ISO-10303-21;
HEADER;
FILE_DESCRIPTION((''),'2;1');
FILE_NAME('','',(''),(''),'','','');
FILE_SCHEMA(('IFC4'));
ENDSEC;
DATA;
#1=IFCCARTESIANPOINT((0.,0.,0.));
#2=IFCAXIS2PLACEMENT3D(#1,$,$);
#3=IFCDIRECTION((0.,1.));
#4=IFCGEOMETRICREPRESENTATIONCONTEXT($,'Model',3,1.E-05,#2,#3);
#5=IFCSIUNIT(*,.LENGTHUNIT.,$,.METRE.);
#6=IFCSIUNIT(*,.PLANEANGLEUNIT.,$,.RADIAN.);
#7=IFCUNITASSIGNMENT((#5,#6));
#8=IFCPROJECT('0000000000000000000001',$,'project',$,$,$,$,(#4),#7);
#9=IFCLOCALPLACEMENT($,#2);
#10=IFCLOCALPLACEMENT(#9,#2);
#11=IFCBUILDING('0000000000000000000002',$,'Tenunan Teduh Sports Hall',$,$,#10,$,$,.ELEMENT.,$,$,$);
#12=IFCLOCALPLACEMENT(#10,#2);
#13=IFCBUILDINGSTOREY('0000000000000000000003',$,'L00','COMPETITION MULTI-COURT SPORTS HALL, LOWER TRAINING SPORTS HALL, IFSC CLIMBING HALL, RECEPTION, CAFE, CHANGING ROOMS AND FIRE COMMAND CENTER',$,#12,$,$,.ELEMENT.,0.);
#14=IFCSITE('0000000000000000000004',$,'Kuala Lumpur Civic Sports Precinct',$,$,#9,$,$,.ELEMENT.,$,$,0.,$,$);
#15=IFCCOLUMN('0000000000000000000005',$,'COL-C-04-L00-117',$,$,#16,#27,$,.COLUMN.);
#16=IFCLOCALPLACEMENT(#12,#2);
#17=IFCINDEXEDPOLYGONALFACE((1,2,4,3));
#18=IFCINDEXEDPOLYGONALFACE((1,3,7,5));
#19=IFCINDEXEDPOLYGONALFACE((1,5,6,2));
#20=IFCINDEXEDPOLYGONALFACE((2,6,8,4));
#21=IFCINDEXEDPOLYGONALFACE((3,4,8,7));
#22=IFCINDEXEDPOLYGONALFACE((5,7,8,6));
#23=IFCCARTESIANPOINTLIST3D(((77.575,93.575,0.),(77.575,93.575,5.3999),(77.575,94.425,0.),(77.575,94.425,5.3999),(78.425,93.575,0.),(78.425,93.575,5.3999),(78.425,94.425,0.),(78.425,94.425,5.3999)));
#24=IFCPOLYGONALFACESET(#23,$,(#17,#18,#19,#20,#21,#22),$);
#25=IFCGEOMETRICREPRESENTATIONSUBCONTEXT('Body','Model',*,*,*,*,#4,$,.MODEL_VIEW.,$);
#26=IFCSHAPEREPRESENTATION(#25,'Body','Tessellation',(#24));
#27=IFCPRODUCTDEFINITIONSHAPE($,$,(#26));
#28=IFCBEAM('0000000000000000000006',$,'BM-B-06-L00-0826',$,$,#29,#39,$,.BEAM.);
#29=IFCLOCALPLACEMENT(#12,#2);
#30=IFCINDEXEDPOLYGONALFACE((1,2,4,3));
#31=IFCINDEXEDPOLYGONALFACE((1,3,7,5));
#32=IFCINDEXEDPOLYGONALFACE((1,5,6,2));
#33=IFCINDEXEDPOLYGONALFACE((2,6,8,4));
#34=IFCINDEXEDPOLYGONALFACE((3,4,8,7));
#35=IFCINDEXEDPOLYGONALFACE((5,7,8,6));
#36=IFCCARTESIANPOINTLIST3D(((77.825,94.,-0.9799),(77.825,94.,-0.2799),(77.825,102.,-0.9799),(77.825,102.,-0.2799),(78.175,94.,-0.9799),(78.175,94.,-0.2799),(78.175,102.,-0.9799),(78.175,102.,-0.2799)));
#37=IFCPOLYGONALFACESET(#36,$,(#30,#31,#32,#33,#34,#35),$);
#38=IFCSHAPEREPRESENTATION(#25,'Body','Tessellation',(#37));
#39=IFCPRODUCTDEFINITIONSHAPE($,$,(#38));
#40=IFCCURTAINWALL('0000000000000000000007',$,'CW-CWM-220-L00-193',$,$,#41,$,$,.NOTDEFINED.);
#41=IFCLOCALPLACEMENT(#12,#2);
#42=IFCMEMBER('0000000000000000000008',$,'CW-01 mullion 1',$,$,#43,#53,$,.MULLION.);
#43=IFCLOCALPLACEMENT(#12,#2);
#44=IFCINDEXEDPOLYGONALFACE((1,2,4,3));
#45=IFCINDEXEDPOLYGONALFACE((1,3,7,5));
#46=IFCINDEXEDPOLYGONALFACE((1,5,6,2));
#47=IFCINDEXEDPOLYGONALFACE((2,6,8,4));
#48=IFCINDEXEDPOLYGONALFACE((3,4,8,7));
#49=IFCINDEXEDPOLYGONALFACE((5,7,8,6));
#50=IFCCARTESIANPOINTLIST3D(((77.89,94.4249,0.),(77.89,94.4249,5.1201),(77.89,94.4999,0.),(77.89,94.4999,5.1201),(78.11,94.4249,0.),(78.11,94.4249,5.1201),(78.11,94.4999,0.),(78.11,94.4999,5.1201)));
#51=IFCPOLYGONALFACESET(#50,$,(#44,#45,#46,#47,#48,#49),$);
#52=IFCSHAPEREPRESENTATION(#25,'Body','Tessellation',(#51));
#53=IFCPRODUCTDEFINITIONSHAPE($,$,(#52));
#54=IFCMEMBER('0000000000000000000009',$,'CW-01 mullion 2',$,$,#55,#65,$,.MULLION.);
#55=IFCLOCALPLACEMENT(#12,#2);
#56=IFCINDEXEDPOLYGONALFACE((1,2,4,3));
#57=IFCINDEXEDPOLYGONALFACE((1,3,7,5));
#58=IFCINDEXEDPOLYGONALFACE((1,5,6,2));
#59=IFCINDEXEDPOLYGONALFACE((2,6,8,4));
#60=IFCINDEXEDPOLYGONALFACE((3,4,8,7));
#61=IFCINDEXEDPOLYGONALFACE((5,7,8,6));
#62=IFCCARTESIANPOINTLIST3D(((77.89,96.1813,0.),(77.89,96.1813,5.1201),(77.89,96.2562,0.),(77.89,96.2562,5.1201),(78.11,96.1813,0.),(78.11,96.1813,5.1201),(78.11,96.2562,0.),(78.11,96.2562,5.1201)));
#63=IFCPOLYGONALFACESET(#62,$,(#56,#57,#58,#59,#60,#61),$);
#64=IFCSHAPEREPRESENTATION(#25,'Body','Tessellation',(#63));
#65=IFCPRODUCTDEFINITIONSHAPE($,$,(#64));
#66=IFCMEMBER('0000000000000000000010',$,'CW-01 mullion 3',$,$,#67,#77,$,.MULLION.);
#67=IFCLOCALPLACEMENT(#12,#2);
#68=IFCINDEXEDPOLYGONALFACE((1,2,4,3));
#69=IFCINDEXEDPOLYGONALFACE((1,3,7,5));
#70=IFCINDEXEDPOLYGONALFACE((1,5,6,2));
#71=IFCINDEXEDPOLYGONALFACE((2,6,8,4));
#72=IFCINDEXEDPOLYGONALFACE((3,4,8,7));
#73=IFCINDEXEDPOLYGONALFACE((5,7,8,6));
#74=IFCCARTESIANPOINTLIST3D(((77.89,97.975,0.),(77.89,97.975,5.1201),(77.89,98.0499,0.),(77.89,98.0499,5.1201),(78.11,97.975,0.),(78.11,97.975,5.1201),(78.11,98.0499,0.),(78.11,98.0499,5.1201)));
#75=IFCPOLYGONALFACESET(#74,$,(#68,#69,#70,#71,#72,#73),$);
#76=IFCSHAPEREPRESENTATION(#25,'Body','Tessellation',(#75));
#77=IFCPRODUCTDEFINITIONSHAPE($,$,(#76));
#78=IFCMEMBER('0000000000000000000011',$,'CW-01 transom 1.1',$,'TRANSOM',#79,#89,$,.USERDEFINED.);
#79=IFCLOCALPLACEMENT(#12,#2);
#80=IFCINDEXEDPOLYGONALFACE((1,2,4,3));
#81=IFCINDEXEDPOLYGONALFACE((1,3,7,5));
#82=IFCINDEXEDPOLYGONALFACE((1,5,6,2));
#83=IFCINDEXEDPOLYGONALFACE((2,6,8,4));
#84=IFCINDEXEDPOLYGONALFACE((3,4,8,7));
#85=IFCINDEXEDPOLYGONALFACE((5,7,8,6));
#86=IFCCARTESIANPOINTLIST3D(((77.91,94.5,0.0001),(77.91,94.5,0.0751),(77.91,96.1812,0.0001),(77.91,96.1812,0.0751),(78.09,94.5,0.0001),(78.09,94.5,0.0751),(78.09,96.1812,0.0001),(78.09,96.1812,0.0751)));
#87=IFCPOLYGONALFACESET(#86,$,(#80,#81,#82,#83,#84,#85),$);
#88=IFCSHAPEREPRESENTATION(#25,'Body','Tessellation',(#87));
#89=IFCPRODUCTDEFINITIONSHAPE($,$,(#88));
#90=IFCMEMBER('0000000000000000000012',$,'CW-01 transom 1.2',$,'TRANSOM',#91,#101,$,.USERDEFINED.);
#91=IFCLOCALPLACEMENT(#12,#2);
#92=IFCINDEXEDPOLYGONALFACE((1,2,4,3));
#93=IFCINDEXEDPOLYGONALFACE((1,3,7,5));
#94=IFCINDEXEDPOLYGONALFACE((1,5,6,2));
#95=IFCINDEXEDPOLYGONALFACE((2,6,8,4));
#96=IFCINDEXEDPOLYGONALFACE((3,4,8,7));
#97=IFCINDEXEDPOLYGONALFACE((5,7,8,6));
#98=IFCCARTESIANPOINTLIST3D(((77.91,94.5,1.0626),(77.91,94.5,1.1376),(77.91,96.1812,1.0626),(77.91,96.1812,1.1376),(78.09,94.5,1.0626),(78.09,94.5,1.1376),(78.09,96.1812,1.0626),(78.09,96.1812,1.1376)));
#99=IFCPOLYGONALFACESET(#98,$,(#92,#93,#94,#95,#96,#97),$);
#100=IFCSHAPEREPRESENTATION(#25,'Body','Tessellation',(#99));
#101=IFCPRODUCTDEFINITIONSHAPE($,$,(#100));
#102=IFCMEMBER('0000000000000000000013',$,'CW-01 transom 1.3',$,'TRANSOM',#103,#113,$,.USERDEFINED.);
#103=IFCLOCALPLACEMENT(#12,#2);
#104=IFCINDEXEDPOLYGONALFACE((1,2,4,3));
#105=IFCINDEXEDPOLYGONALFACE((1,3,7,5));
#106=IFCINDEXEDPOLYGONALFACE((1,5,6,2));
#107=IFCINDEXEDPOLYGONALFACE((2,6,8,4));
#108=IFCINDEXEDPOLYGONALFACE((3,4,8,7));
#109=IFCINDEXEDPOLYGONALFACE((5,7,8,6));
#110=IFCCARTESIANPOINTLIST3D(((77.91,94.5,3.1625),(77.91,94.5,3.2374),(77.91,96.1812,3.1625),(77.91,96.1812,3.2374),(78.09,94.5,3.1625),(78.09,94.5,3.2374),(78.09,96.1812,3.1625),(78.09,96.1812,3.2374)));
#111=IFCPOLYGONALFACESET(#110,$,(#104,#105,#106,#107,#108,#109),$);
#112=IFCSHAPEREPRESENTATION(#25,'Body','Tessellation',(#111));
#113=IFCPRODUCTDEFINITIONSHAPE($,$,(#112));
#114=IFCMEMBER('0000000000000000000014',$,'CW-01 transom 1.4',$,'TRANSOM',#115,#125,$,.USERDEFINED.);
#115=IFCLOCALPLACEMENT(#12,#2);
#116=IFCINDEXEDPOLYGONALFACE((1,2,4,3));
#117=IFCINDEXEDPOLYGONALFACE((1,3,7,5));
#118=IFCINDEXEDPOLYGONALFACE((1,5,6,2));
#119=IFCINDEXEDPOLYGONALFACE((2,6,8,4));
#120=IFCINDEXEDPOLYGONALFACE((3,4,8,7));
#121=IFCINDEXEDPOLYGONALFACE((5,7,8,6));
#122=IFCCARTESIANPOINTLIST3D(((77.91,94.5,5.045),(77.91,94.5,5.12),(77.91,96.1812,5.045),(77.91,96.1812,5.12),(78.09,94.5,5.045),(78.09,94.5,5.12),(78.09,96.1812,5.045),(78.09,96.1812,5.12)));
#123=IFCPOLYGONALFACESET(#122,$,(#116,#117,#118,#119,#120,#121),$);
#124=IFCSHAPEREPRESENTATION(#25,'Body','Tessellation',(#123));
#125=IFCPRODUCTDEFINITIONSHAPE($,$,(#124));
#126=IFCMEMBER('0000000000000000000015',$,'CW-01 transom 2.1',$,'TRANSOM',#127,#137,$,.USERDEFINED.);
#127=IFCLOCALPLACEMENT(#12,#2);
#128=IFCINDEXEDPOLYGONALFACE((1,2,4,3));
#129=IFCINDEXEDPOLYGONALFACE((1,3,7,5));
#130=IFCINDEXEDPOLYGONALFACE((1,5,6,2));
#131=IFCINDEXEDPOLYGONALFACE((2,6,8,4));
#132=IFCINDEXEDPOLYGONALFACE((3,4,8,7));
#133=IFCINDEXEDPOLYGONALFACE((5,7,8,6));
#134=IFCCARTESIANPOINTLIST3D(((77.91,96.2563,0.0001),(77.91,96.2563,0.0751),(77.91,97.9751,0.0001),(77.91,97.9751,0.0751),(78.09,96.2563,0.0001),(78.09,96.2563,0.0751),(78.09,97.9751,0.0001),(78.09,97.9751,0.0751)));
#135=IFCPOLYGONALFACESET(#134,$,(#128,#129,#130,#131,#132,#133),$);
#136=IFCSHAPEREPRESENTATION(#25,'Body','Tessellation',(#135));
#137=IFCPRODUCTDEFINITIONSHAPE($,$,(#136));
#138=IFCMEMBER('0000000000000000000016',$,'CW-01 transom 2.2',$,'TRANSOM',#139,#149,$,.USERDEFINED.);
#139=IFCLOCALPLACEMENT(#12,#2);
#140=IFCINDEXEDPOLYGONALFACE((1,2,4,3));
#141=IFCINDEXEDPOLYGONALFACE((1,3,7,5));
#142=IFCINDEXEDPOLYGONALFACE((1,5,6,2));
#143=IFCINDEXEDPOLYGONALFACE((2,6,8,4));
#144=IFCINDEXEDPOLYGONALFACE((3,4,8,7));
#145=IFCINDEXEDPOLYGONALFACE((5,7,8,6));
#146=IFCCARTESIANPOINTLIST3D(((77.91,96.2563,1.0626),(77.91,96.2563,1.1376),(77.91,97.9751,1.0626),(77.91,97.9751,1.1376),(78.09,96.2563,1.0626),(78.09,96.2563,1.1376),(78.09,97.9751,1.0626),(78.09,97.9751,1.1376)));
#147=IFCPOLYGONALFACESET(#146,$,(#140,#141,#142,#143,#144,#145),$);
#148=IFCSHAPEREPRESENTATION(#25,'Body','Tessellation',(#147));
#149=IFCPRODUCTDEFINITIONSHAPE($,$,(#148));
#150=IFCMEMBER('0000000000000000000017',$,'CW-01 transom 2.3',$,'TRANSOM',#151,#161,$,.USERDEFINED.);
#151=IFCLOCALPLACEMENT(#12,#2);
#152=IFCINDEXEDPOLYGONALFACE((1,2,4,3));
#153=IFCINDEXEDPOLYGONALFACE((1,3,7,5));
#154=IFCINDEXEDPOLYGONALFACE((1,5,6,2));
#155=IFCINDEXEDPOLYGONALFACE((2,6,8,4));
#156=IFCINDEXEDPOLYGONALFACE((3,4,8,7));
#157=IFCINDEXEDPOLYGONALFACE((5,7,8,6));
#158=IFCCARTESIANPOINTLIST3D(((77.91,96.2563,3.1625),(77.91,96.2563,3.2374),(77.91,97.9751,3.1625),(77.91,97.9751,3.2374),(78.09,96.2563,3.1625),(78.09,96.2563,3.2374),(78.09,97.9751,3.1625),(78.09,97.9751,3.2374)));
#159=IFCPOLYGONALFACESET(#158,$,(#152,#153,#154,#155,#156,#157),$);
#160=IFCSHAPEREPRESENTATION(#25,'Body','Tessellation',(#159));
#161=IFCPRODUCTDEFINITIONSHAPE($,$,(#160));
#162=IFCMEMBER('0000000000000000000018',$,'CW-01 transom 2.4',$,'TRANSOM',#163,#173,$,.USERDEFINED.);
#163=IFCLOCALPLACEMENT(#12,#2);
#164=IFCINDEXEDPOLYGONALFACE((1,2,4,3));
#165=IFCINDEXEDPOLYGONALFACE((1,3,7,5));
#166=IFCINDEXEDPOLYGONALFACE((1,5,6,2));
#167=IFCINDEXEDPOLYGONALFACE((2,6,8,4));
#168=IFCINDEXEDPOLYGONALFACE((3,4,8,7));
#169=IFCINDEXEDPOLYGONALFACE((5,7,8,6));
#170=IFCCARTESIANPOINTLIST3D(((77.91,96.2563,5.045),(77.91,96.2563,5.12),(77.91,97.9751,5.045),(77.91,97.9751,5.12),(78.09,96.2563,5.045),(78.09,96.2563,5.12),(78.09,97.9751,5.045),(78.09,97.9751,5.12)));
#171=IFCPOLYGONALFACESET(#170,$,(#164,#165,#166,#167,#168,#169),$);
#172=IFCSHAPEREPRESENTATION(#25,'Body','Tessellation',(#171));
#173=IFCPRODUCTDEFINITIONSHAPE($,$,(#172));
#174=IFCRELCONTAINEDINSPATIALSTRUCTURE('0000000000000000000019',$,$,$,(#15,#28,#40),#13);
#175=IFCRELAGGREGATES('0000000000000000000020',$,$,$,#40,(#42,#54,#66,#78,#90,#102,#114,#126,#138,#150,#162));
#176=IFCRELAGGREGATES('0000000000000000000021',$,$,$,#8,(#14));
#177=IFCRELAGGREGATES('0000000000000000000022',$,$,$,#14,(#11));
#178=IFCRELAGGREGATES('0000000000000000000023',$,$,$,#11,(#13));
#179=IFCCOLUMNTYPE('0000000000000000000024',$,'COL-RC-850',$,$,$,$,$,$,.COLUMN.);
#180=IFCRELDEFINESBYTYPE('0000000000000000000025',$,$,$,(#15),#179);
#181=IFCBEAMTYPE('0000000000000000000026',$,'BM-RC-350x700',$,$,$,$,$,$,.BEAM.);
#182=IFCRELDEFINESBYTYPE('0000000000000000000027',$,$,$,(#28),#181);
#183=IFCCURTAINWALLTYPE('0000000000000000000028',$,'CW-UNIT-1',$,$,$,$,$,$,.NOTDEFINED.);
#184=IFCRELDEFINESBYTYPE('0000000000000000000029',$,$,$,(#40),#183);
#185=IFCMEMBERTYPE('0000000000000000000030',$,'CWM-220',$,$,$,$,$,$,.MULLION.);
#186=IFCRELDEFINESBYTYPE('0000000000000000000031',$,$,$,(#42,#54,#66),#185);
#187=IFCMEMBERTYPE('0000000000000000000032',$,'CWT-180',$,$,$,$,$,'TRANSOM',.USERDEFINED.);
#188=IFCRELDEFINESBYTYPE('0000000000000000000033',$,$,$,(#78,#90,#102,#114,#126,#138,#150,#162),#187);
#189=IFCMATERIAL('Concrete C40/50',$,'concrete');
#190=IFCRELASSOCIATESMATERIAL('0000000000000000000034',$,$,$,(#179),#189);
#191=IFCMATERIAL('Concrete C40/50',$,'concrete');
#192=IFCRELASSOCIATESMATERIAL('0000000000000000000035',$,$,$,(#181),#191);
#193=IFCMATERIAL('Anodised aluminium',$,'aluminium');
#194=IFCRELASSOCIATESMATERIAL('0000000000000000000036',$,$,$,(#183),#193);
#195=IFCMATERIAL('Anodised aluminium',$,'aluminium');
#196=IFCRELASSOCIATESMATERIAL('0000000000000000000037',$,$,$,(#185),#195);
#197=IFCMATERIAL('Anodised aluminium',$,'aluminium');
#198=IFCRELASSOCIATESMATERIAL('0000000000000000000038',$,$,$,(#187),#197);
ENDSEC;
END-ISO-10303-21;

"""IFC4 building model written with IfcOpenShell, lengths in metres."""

from ifc_helpers import new_model, si_unit, direction, frame, origin, origin_2d, place, context, subcontext, project, spatial, rectangle, extrude, material, material_profile, profile_set, type_object, element, aggregate, save


model = new_model("IFC4")

# Units and contexts
model_context = context("Model", 3, precision=1e-05, world=origin(), true_north=direction((0.0, 1.0)))
body_context = subcontext(model_context, "Body", "Model", "MODEL_VIEW")
ifc_project = project(units=[si_unit("LENGTHUNIT", "METRE"), si_unit("PLANEANGLEUNIT", "RADIAN")], contexts=[model_context])

# Site, building, storey
site_placement = place(None, origin())
site = spatial("IfcSite", under=ifc_project, at=site_placement, Name="Kuala Lumpur Civic Sports Precinct", CompositionType="ELEMENT", RefElevation=0.0)
building_placement = place(site_placement, origin())
building = spatial("IfcBuilding", under=site, at=building_placement, Name="Tenunan Teduh Sports Hall", CompositionType="ELEMENT")
storey_placement = place(building_placement, origin())
storey = spatial("IfcBuildingStorey", under=building, at=storey_placement, Name="L00", Description="COMPETITION MULTI-COURT SPORTS HALL, LOWER TRAINING SPORTS HALL, IFSC CLIMBING HALL, RECEPTION, CAFE, CHANGING ROOMS AND FIRE COMMAND CENTER", CompositionType="ELEMENT", Elevation=0.0)

# Column
ifc_material_1 = material(Name="Concrete C40/50", Category="concrete")
ifc_material_profile_1 = material_profile(ifc_material_1, rectangle(XDim=0.8501, YDim=0.8501, at=origin_2d()), Name="RC 850x850")
ifc_profile_set_1 = profile_set([ifc_material_profile_1], Name="Concrete C40/50")
column_type = type_object("IfcColumnType", Name="COL-RC-850", PredefinedType="COLUMN", material=ifc_profile_set_1)
column_placement = place(storey_placement, frame((78.0, 94.0, 0.0), z_axis=(0.0, 0.0, 1.0), x_axis=(1.0, 0.0, 0.0)))
element("IfcColumn", 1, at=column_placement, inside=storey, type_object=column_type, Name="COL-C-04-L00-117", PredefinedType="COLUMN", context=body_context, shape_type="SweptSolid", body=[
    extrude(rectangle(XDim=0.8501, YDim=0.8501, at=origin_2d()), origin(), (0.0, 0.0, 1.0), 5.3999),
])

# Beam
ifc_material_2 = material(Name="Concrete C40/50", Category="concrete")
ifc_material_profile_2 = material_profile(ifc_material_2, rectangle(XDim=0.3501, YDim=0.7, at=origin_2d()), Name="RCB 350x700")
ifc_profile_set_2 = profile_set([ifc_material_profile_2], Name="Concrete C40/50")
beam_type = type_object("IfcBeamType", Name="BM-RC-350x700", PredefinedType="BEAM", material=ifc_profile_set_2)
beam_placement = place(storey_placement, frame((78.0, 94.0, -0.6299), z_axis=(0.0, 1.0, 0.0), x_axis=(-1.0, 0.0, 0.0)))
element("IfcBeam", 2, at=beam_placement, inside=storey, type_object=beam_type, Name="BM-B-06-L00-0826", PredefinedType="BEAM", context=body_context, shape_type="SweptSolid", body=[
    extrude(rectangle(XDim=0.3501, YDim=0.7, at=origin_2d()), origin(), (0.0, 0.0, 1.0), 8.0),
])

# Curtain wall, members
ifc_material_3 = material(Name="Anodised aluminium", Category="aluminium")
curtain_wall_type = type_object("IfcCurtainWallType", Name="CW-UNIT-1", PredefinedType="NOTDEFINED", material=ifc_material_3)
curtain_wall_placement = place(storey_placement, origin())
curtain_wall = element("IfcCurtainWall", 3, at=curtain_wall_placement, inside=storey, type_object=curtain_wall_type, Name="CW-CWM-220-L00-193", PredefinedType="NOTDEFINED")
ifc_material_4 = material(Name="Anodised aluminium", Category="aluminium")
ifc_material_profile_3 = material_profile(ifc_material_4, rectangle(XDim=0.075, YDim=0.22, at=origin_2d()), Name="CWM 75x220")
ifc_profile_set_3 = profile_set([ifc_material_profile_3], Name="Anodised aluminium")
member_type_1 = type_object("IfcMemberType", Name="CWM-220", PredefinedType="MULLION", material=ifc_profile_set_3)
member_1_placement = place(storey_placement, frame((78.0, 94.4624, 0.0), z_axis=(0.0, 0.0, 1.0), x_axis=(0.0, 1.0, 0.0)))
member_1 = element("IfcMember", 4, at=member_1_placement, type_object=member_type_1, Name="CW-01 mullion 1", PredefinedType="MULLION", context=body_context, shape_type="SweptSolid", body=[
    extrude(rectangle(XDim=0.075, YDim=0.22, at=origin_2d()), origin(), (0.0, 0.0, 1.0), 5.1201),
])
member_2_placement = place(storey_placement, frame((78.0, 96.2188, 0.0), z_axis=(0.0, 0.0, 1.0), x_axis=(0.0, 1.0, 0.0)))
member_2 = element("IfcMember", 5, at=member_2_placement, type_object=member_type_1, Name="CW-01 mullion 2", PredefinedType="MULLION", context=body_context, shape_type="SweptSolid", body=[
    extrude(rectangle(XDim=0.075, YDim=0.22, at=origin_2d()), origin(), (0.0, 0.0, 1.0), 5.1201),
])
member_3_placement = place(storey_placement, frame((78.0, 98.0125, 0.0), z_axis=(0.0, 0.0, 1.0), x_axis=(0.0, 1.0, 0.0)))
member_3 = element("IfcMember", 6, at=member_3_placement, type_object=member_type_1, Name="CW-01 mullion 3", PredefinedType="MULLION", context=body_context, shape_type="SweptSolid", body=[
    extrude(rectangle(XDim=0.075, YDim=0.22, at=origin_2d()), origin(), (0.0, 0.0, 1.0), 5.1201),
])
ifc_material_5 = material(Name="Anodised aluminium", Category="aluminium")
ifc_material_profile_4 = material_profile(ifc_material_5, rectangle(XDim=0.075, YDim=0.1799, at=origin_2d()), Name="CWT 75x180")
ifc_profile_set_4 = profile_set([ifc_material_profile_4], Name="Anodised aluminium")
member_type_2 = type_object("IfcMemberType", Name="CWT-180", ElementType="TRANSOM", PredefinedType="USERDEFINED", material=ifc_profile_set_4)
member_4_placement = place(storey_placement, frame((78.0, 94.5, 0.0376), z_axis=(0.0, 1.0, 0.0), x_axis=(0.0, 0.0, 1.0)))
member_4 = element("IfcMember", 7, at=member_4_placement, type_object=member_type_2, Name="CW-01 transom 1.1", ObjectType="TRANSOM", PredefinedType="USERDEFINED", context=body_context, shape_type="SweptSolid", body=[
    extrude(rectangle(XDim=0.075, YDim=0.1799, at=origin_2d()), origin(), (0.0, 0.0, 1.0), 1.6812),
])
member_5_placement = place(storey_placement, frame((78.0, 94.5, 1.1001), z_axis=(0.0, 1.0, 0.0), x_axis=(0.0, 0.0, 1.0)))
member_5 = element("IfcMember", 8, at=member_5_placement, type_object=member_type_2, Name="CW-01 transom 1.2", ObjectType="TRANSOM", PredefinedType="USERDEFINED", context=body_context, shape_type="SweptSolid", body=[
    extrude(rectangle(XDim=0.075, YDim=0.1799, at=origin_2d()), origin(), (0.0, 0.0, 1.0), 1.6812),
])
member_6_placement = place(storey_placement, frame((78.0, 94.5, 3.2), z_axis=(0.0, 1.0, 0.0), x_axis=(0.0, 0.0, 1.0)))
member_6 = element("IfcMember", 9, at=member_6_placement, type_object=member_type_2, Name="CW-01 transom 1.3", ObjectType="TRANSOM", PredefinedType="USERDEFINED", context=body_context, shape_type="SweptSolid", body=[
    extrude(rectangle(XDim=0.075, YDim=0.1799, at=origin_2d()), origin(), (0.0, 0.0, 1.0), 1.6812),
])
member_7_placement = place(storey_placement, frame((78.0, 94.5, 5.0825), z_axis=(0.0, 1.0, 0.0), x_axis=(0.0, 0.0, 1.0)))
member_7 = element("IfcMember", 10, at=member_7_placement, type_object=member_type_2, Name="CW-01 transom 1.4", ObjectType="TRANSOM", PredefinedType="USERDEFINED", context=body_context, shape_type="SweptSolid", body=[
    extrude(rectangle(XDim=0.075, YDim=0.1799, at=origin_2d()), origin(), (0.0, 0.0, 1.0), 1.6812),
])
member_8_placement = place(storey_placement, frame((78.0, 96.2563, 0.0376), z_axis=(0.0, 1.0, 0.0), x_axis=(0.0, 0.0, 1.0)))
member_8 = element("IfcMember", 11, at=member_8_placement, type_object=member_type_2, Name="CW-01 transom 2.1", ObjectType="TRANSOM", PredefinedType="USERDEFINED", context=body_context, shape_type="SweptSolid", body=[
    extrude(rectangle(XDim=0.075, YDim=0.1799, at=origin_2d()), origin(), (0.0, 0.0, 1.0), 1.7188),
])
member_9_placement = place(storey_placement, frame((78.0, 96.2563, 1.1001), z_axis=(0.0, 1.0, 0.0), x_axis=(0.0, 0.0, 1.0)))
member_9 = element("IfcMember", 12, at=member_9_placement, type_object=member_type_2, Name="CW-01 transom 2.2", ObjectType="TRANSOM", PredefinedType="USERDEFINED", context=body_context, shape_type="SweptSolid", body=[
    extrude(rectangle(XDim=0.075, YDim=0.1799, at=origin_2d()), origin(), (0.0, 0.0, 1.0), 1.7188),
])
member_10_placement = place(storey_placement, frame((78.0, 96.2563, 3.2), z_axis=(0.0, 1.0, 0.0), x_axis=(0.0, 0.0, 1.0)))
member_10 = element("IfcMember", 13, at=member_10_placement, type_object=member_type_2, Name="CW-01 transom 2.3", ObjectType="TRANSOM", PredefinedType="USERDEFINED", context=body_context, shape_type="SweptSolid", body=[
    extrude(rectangle(XDim=0.075, YDim=0.1799, at=origin_2d()), origin(), (0.0, 0.0, 1.0), 1.7188),
])
member_11_placement = place(storey_placement, frame((78.0, 96.2563, 5.0825), z_axis=(0.0, 1.0, 0.0), x_axis=(0.0, 0.0, 1.0)))
member_11 = element("IfcMember", 14, at=member_11_placement, type_object=member_type_2, Name="CW-01 transom 2.4", ObjectType="TRANSOM", PredefinedType="USERDEFINED", context=body_context, shape_type="SweptSolid", body=[
    extrude(rectangle(XDim=0.075, YDim=0.1799, at=origin_2d()), origin(), (0.0, 0.0, 1.0), 1.7188),
])

aggregate(curtain_wall, [member_1, member_2, member_3, member_4, member_5, member_6, member_7, member_8, member_9, member_10, member_11])

save(model, "model.ifc")
